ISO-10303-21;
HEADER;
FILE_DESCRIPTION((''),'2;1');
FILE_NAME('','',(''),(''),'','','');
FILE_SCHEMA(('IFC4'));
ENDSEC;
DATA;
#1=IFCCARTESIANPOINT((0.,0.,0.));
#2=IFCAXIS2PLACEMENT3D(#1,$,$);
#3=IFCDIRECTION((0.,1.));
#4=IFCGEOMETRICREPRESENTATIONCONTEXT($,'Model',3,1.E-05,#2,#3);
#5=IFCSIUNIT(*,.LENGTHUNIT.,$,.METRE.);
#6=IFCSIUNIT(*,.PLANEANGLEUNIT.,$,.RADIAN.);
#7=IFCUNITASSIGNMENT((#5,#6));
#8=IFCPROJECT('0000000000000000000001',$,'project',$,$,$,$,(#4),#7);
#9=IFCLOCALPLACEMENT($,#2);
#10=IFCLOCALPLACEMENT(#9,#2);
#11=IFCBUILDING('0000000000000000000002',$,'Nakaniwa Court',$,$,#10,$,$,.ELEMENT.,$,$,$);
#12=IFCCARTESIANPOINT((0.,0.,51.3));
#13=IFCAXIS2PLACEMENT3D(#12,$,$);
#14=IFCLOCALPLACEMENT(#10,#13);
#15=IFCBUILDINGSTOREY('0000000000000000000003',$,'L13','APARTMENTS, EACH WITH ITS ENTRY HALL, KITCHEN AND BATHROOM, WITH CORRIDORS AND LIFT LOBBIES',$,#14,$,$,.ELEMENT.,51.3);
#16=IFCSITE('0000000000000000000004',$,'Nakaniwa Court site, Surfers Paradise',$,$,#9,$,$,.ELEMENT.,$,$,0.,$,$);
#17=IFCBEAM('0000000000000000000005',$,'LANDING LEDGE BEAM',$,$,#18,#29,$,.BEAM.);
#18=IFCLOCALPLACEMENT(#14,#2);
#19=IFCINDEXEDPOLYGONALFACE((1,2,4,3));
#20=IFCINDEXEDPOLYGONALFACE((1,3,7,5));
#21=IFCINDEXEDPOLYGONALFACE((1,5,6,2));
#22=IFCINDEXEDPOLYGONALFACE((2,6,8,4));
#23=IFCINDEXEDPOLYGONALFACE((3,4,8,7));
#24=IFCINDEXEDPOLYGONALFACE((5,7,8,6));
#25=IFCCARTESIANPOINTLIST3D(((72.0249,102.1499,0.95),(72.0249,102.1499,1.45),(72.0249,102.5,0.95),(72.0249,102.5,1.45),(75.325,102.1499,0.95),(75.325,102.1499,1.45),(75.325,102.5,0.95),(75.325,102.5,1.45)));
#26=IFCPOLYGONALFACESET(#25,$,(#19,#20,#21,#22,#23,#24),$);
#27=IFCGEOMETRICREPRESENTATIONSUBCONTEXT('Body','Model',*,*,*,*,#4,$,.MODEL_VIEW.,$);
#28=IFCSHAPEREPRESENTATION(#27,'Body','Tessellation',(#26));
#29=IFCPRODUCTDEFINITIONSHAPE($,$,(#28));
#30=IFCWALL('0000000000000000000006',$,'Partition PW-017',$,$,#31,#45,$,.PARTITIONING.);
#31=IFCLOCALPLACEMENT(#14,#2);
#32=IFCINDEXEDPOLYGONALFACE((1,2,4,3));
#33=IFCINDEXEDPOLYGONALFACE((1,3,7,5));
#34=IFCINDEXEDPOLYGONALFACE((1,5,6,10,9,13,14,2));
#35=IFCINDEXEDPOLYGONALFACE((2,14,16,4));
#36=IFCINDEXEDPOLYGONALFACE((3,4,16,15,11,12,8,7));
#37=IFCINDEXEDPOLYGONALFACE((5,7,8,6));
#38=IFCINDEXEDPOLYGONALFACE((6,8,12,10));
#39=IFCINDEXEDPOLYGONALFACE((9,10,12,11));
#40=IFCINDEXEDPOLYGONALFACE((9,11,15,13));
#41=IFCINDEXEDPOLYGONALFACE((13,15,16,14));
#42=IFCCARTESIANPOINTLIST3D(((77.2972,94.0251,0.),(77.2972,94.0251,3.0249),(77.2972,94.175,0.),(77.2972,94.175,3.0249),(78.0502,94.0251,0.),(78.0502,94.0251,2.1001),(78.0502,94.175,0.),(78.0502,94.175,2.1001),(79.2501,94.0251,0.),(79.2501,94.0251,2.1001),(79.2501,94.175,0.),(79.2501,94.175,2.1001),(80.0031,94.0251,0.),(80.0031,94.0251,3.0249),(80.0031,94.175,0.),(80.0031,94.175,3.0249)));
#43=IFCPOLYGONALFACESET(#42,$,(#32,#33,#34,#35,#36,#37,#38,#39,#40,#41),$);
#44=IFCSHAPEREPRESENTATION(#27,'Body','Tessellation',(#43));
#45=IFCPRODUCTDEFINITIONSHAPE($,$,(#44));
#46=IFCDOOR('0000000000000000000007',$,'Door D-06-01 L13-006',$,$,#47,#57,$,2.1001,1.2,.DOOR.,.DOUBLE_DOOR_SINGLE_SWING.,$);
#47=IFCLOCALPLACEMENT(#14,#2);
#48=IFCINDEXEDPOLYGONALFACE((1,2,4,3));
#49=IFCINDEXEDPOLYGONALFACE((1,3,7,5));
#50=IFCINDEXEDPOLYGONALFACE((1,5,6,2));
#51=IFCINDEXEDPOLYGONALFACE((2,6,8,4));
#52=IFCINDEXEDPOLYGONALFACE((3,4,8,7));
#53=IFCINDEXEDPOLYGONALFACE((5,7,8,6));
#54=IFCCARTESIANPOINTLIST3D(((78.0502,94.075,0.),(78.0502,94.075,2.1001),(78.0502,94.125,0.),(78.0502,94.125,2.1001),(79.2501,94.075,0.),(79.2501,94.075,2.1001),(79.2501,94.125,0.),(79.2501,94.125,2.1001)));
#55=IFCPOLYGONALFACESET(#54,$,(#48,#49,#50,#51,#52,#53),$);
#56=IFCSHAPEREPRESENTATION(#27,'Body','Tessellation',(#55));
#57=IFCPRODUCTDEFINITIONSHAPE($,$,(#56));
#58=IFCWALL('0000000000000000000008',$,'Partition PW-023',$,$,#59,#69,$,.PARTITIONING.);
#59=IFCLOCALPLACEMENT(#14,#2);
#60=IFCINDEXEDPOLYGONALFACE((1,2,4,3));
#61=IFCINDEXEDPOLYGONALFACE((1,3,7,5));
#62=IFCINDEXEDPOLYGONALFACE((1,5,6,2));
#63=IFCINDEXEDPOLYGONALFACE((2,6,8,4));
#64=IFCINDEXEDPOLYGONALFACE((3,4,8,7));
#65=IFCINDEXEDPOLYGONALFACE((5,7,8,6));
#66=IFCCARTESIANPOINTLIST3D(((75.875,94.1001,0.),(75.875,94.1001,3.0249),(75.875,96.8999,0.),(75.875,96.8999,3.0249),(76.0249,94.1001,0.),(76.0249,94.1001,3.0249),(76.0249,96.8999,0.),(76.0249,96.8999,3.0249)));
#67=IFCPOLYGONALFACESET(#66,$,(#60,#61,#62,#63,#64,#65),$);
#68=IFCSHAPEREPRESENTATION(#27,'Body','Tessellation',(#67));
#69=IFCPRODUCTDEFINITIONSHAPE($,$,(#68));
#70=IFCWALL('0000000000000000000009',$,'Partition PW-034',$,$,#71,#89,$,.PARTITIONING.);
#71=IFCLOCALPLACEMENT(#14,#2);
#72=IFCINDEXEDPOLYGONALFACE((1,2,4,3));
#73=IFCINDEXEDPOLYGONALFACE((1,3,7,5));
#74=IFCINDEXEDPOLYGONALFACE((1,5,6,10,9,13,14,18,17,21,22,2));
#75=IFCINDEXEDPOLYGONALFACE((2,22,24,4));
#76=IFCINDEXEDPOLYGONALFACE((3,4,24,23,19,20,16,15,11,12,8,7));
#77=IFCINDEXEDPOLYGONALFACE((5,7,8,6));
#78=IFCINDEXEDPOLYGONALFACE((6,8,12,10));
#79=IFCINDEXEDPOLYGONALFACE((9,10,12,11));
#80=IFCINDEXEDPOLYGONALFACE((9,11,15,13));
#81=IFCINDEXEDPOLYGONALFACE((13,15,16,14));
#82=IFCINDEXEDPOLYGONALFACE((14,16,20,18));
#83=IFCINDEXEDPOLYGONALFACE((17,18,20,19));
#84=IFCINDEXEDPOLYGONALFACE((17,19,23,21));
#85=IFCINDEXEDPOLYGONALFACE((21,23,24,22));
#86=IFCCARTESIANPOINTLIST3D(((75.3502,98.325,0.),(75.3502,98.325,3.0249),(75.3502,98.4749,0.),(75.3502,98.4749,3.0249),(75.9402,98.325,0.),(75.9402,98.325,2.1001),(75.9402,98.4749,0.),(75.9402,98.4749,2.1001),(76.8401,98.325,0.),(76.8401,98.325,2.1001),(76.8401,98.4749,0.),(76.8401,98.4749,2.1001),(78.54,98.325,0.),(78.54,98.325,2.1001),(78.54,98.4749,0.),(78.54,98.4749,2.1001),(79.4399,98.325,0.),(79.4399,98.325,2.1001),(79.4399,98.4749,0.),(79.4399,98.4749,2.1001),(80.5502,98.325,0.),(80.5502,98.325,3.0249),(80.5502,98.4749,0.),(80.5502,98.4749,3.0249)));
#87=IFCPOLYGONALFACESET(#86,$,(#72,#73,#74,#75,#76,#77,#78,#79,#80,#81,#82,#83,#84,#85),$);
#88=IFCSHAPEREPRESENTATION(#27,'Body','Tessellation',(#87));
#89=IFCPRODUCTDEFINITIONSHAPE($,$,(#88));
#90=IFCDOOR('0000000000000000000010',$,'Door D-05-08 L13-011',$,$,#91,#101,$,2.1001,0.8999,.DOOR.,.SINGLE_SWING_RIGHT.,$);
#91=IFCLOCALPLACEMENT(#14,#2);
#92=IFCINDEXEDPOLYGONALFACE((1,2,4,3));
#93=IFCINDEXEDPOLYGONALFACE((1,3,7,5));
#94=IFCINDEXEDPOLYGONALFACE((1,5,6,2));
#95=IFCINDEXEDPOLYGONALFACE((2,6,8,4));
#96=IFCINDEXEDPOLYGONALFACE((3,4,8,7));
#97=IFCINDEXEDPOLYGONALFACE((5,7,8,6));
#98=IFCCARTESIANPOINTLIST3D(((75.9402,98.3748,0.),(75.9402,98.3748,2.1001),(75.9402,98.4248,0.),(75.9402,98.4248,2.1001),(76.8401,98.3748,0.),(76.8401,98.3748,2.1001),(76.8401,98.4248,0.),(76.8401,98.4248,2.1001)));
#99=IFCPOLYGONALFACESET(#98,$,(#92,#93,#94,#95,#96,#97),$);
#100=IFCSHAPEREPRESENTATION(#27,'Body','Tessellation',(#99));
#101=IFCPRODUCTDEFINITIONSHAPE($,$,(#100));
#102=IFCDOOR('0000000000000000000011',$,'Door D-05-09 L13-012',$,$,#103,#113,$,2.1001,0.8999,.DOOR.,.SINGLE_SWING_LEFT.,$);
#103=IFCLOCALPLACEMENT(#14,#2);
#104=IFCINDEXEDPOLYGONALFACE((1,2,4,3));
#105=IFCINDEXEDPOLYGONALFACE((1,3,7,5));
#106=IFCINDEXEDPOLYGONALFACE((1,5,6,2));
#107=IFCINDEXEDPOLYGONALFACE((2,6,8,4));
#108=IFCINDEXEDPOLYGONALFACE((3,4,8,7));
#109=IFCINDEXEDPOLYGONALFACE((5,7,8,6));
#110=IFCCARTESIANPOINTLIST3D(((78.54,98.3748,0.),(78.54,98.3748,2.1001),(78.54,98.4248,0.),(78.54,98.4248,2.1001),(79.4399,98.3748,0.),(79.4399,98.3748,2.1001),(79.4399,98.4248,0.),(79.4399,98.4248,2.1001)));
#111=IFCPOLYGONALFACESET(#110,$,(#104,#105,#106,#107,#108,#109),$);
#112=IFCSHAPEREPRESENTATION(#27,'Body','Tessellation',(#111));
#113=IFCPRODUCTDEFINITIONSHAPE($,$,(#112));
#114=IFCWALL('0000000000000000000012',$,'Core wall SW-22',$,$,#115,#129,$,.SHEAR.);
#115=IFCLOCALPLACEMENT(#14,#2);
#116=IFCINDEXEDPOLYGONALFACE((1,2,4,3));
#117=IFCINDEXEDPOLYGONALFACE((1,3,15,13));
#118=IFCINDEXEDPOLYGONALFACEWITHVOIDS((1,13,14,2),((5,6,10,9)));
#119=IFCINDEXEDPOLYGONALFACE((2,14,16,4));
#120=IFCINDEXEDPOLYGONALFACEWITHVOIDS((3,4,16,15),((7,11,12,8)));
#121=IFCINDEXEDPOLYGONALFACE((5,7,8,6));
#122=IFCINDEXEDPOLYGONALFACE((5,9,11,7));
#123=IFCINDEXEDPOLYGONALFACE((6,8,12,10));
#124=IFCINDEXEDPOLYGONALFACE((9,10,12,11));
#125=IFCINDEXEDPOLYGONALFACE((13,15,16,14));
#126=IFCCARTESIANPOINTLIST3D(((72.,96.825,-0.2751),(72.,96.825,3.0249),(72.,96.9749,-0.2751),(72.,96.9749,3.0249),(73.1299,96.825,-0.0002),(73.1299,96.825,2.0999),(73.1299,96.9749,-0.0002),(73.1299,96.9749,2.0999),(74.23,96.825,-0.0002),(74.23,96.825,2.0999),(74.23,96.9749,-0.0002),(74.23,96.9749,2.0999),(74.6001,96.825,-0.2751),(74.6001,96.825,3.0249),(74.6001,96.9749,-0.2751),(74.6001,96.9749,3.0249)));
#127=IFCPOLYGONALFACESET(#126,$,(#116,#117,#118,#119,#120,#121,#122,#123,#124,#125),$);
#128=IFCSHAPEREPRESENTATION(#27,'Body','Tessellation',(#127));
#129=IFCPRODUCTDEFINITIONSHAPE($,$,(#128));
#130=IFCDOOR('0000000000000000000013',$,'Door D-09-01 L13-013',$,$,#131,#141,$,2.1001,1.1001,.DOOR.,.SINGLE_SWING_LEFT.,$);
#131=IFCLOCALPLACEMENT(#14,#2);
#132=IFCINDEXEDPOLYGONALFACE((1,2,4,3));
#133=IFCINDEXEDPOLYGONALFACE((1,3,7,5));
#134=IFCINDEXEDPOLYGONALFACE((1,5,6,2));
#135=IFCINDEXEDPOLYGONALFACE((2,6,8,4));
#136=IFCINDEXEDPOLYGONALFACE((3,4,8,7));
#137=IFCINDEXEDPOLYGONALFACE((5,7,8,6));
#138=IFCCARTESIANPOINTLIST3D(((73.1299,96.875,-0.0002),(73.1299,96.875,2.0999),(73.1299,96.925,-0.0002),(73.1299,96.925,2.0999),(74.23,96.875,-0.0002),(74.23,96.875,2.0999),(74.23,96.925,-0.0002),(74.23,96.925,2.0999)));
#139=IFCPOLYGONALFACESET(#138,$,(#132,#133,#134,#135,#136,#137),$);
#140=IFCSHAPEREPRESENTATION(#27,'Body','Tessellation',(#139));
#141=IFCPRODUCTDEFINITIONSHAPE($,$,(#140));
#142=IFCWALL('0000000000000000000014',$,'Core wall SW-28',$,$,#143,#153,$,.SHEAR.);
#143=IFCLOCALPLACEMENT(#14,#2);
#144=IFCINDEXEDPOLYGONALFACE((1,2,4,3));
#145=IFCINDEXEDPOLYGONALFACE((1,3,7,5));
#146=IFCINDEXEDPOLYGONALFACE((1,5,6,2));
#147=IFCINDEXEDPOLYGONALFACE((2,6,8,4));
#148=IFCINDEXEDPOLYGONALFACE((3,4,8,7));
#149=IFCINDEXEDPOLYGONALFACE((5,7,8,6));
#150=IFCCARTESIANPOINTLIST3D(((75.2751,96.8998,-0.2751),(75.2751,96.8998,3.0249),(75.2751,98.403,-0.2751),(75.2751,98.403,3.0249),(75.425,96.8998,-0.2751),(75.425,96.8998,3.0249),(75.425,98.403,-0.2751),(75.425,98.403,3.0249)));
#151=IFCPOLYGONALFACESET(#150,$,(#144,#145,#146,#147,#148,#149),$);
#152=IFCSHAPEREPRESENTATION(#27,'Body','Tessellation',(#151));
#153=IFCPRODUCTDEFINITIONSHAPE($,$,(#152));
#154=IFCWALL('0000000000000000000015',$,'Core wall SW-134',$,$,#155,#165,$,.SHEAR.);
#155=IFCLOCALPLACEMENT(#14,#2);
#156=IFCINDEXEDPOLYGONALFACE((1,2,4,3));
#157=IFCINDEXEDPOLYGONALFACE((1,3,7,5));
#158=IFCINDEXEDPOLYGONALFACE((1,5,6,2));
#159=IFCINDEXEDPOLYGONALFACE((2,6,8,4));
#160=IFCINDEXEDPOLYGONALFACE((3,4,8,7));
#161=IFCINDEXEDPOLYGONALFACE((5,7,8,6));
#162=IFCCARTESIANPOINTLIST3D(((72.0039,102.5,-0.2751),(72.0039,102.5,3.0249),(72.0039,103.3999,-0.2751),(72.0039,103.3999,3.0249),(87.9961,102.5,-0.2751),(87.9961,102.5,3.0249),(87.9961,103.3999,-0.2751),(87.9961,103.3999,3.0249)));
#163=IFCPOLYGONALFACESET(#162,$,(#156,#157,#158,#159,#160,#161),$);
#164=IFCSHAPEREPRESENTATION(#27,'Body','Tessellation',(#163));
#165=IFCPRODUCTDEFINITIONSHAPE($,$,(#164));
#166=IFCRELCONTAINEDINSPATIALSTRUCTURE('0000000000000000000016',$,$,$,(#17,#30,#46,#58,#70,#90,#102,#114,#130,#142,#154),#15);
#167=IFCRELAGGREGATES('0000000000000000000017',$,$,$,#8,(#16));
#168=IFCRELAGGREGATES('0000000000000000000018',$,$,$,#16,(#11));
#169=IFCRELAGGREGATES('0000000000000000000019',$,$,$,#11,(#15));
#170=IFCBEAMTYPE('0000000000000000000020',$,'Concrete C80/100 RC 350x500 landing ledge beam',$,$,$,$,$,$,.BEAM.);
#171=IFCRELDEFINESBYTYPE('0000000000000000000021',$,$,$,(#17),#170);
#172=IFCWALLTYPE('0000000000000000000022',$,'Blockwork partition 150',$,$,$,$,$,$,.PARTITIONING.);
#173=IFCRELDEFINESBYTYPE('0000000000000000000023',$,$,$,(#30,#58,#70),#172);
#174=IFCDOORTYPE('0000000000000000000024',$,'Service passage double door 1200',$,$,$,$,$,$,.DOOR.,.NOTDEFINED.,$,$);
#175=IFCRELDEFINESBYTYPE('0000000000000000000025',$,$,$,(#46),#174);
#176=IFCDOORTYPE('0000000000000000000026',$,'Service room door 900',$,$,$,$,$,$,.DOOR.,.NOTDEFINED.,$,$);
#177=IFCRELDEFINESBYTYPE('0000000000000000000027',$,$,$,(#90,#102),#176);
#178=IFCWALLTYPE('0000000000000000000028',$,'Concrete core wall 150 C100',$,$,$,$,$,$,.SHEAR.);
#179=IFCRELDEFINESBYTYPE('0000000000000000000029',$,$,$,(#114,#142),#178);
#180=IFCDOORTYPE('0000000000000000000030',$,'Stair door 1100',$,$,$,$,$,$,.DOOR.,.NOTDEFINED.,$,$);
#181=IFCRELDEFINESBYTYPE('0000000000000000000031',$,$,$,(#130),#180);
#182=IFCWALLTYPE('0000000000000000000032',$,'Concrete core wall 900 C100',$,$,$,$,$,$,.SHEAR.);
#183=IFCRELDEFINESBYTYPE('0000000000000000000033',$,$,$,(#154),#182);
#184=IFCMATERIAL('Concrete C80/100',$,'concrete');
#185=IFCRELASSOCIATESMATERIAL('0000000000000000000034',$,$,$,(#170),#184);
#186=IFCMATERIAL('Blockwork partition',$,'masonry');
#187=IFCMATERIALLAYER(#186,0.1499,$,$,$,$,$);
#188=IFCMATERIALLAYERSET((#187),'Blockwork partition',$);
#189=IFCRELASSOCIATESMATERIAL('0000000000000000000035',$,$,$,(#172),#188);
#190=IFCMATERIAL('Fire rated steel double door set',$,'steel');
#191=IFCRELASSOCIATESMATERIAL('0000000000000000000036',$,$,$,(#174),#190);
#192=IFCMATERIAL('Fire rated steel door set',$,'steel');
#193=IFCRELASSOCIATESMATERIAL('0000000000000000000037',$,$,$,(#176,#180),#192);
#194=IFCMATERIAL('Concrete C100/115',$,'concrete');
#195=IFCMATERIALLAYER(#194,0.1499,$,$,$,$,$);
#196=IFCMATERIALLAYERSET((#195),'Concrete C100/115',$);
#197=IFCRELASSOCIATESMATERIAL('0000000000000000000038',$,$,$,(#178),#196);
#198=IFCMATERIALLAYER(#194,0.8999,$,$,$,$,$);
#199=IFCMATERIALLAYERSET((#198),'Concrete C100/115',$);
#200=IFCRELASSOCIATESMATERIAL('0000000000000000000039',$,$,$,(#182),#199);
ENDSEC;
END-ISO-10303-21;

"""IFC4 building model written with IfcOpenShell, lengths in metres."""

from ifc_helpers import new_model, si_unit, direction, frame, frame_2d, origin, origin_2d, place, context, subcontext, project, spatial, rectangle, extrude, material, layer, layer_set, material_profile, profile_set, type_object, element, fill, save


model = new_model("IFC4")

# Units and contexts
model_context = context("Model", 3, precision=1e-05, world=origin(), true_north=direction((0.0, 1.0)))
body_context = subcontext(model_context, "Body", "Model", "MODEL_VIEW")
ifc_project = project(units=[si_unit("LENGTHUNIT", "METRE"), si_unit("PLANEANGLEUNIT", "RADIAN")], contexts=[model_context])

# Site, building, storey
site_placement = place(None, origin())
site = spatial("IfcSite", under=ifc_project, at=site_placement, Name="Nakaniwa Court site, Surfers Paradise", CompositionType="ELEMENT", RefElevation=0.0)
building_placement = place(site_placement, origin())
building = spatial("IfcBuilding", under=site, at=building_placement, Name="Nakaniwa Court", CompositionType="ELEMENT")
storey_placement = place(building_placement, frame((0.0, 0.0, 51.3)))
storey = spatial("IfcBuildingStorey", under=building, at=storey_placement, Name="L13", Description="APARTMENTS, EACH WITH ITS ENTRY HALL, KITCHEN AND BATHROOM, WITH CORRIDORS AND LIFT LOBBIES", CompositionType="ELEMENT", Elevation=51.3)

# Beam
ifc_material_1 = material(Name="Concrete C80/100", Category="concrete")
ifc_material_profile = material_profile(ifc_material_1, rectangle(XDim=0.3501, YDim=0.5, at=origin_2d()), Name="Concrete C80/100 RC 350x500 landing ledge beam")
ifc_profile_set = profile_set([ifc_material_profile], Name="Concrete C80/100")
beam_type = type_object("IfcBeamType", Name="Concrete C80/100 RC 350x500 landing ledge beam", PredefinedType="BEAM", material=ifc_profile_set)
beam_placement = place(storey_placement, frame((72.0249, 102.325, 1.2), z_axis=(1.0, 0.0, 0.0), x_axis=(0.0, 1.0, 0.0)))
element("IfcBeam", 1, at=beam_placement, inside=storey, type_object=beam_type, Name="LANDING LEDGE BEAM", PredefinedType="BEAM", context=body_context, shape_type="SweptSolid", body=[
    extrude(rectangle(XDim=0.3501, YDim=0.5, at=origin_2d()), origin(), (0.0, 0.0, 1.0), 3.3),
])

# Wall, opening, door
ifc_material_2 = material(Name="Blockwork partition", Category="masonry")
ifc_layer_1 = layer(ifc_material_2, 0.1499)
ifc_layer_set_1 = layer_set([ifc_layer_1], Name="Blockwork partition")
wall_type_1 = type_object("IfcWallType", Name="Blockwork partition 150", PredefinedType="PARTITIONING", material=ifc_layer_set_1)
wall_1_placement = place(storey_placement, frame((77.2971, 94.1001, 0.0), z_axis=(0.0, 0.0, 1.0), x_axis=(1.0, 0.0, 0.0)))
wall_1 = element("IfcWall", 2, at=wall_1_placement, inside=storey, type_object=wall_type_1, Name="Partition PW-017", PredefinedType="PARTITIONING", context=body_context, shape_type="SweptSolid", body=[
    extrude(rectangle(XDim=2.7058, YDim=0.1499, at=frame_2d((1.353, 0.0))), origin(), (0.0, 0.0, 1.0), 3.0249),
])
opening_1_placement = place(wall_1_placement, frame((0.7529, 0.0, 0.0)))
opening_1 = element("IfcOpeningElement", 3, at=opening_1_placement, cuts=wall_1, PredefinedType="OPENING", context=body_context, shape_type="SweptSolid", body=[
    extrude(rectangle(XDim=1.2, YDim=2.1001, at=frame_2d((0.6001, 1.05))), frame((0.0, 0.085, 0.0), z_axis=(0.0, -1.0, 0.0), x_axis=(1.0, 0.0, 0.0)), (0.0, 0.0, 1.0), 0.1699),
])
ifc_material_3 = material(Name="Fire rated steel double door set", Category="steel")
door_type_1 = type_object("IfcDoorType", Name="Service passage double door 1200", OperationType="NOTDEFINED", PredefinedType="DOOR", material=ifc_material_3)
door_1_placement = place(opening_1_placement, origin())
door_1 = element("IfcDoor", 4, at=door_1_placement, inside=storey, type_object=door_type_1, Name="Door D-06-01 L13-006", OperationType="DOUBLE_DOOR_SINGLE_SWING", OverallHeight=2.1001, OverallWidth=1.2, PredefinedType="DOOR", context=body_context, shape_type="SweptSolid", body=[
    extrude(rectangle(XDim=1.2, YDim=2.1001, at=frame_2d((0.6001, 1.05))), frame((0.0, 0.0249, 0.0), z_axis=(0.0, -1.0, 0.0), x_axis=(1.0, 0.0, 0.0)), (0.0, 0.0, 1.0), 0.05),
])
fill(opening_1, door_1)

# Wall
wall_2_placement = place(storey_placement, frame((75.95, 94.1001, 0.0), z_axis=(0.0, 0.0, 1.0), x_axis=(0.0, 1.0, 0.0)))
element("IfcWall", 5, at=wall_2_placement, inside=storey, type_object=wall_type_1, Name="Partition PW-023", PredefinedType="PARTITIONING", context=body_context, shape_type="SweptSolid", body=[
    extrude(rectangle(XDim=2.7998, YDim=0.1499, at=frame_2d((1.3999, 0.0))), origin(), (0.0, 0.0, 1.0), 3.0249),
])

# Wall, openings, doors
wall_3_placement = place(storey_placement, frame((75.3501, 98.3999, 0.0), z_axis=(0.0, 0.0, 1.0), x_axis=(1.0, 0.0, 0.0)))
wall_3 = element("IfcWall", 6, at=wall_3_placement, inside=storey, type_object=wall_type_1, Name="Partition PW-034", PredefinedType="PARTITIONING", context=body_context, shape_type="SweptSolid", body=[
    extrude(rectangle(XDim=5.2, YDim=0.1499, at=frame_2d((2.6001, 0.0))), origin(), (0.0, 0.0, 1.0), 3.0249),
])
opening_2_placement = place(wall_3_placement, frame((0.5901, 0.0, 0.0)))
opening_2 = element("IfcOpeningElement", 7, at=opening_2_placement, cuts=wall_3, PredefinedType="OPENING", context=body_context, shape_type="SweptSolid", body=[
    extrude(rectangle(XDim=0.8999, YDim=2.1001, at=frame_2d((0.45, 1.05))), frame((0.0, 0.085, 0.0), z_axis=(0.0, -1.0, 0.0), x_axis=(1.0, 0.0, 0.0)), (0.0, 0.0, 1.0), 0.1699),
])
opening_3_placement = place(wall_3_placement, frame((3.1899, 0.0, 0.0)))
opening_3 = element("IfcOpeningElement", 8, at=opening_3_placement, cuts=wall_3, PredefinedType="OPENING", context=body_context, shape_type="SweptSolid", body=[
    extrude(rectangle(XDim=0.8999, YDim=2.1001, at=frame_2d((0.45, 1.05))), frame((0.0, 0.085, 0.0), z_axis=(0.0, -1.0, 0.0), x_axis=(1.0, 0.0, 0.0)), (0.0, 0.0, 1.0), 0.1699),
])
ifc_material_4 = material(Name="Fire rated steel door set", Category="steel")
door_type_2 = type_object("IfcDoorType", Name="Service room door 900", OperationType="NOTDEFINED", PredefinedType="DOOR", material=ifc_material_4)
door_2_placement = place(opening_2_placement, origin())
door_2 = element("IfcDoor", 9, at=door_2_placement, inside=storey, type_object=door_type_2, Name="Door D-05-08 L13-011", OperationType="SINGLE_SWING_RIGHT", OverallHeight=2.1001, OverallWidth=0.8999, PredefinedType="DOOR", context=body_context, shape_type="SweptSolid", body=[
    extrude(rectangle(XDim=0.8999, YDim=2.1001, at=frame_2d((0.45, 1.05))), frame((0.0, 0.0249, 0.0), z_axis=(0.0, -1.0, 0.0), x_axis=(1.0, 0.0, 0.0)), (0.0, 0.0, 1.0), 0.05),
])
fill(opening_2, door_2)
door_3_placement = place(opening_3_placement, origin())
door_3 = element("IfcDoor", 10, at=door_3_placement, inside=storey, type_object=door_type_2, Name="Door D-05-09 L13-012", OperationType="SINGLE_SWING_LEFT", OverallHeight=2.1001, OverallWidth=0.8999, PredefinedType="DOOR", context=body_context, shape_type="SweptSolid", body=[
    extrude(rectangle(XDim=0.8999, YDim=2.1001, at=frame_2d((0.45, 1.05))), frame((0.0, 0.0249, 0.0), z_axis=(0.0, -1.0, 0.0), x_axis=(1.0, 0.0, 0.0)), (0.0, 0.0, 1.0), 0.05),
])
fill(opening_3, door_3)

# Wall, opening, door
ifc_material_5 = material(Name="Concrete C100/115", Category="concrete")
ifc_layer_2 = layer(ifc_material_5, 0.1499)
ifc_layer_set_2 = layer_set([ifc_layer_2], Name="Concrete C100/115")
wall_type_2 = type_object("IfcWallType", Name="Concrete core wall 150 C100", PredefinedType="SHEAR", material=ifc_layer_set_2)
wall_4_placement = place(storey_placement, frame((74.6001, 96.8999, -0.2751), z_axis=(0.0, 0.0, 1.0), x_axis=(-1.0, 0.0, 0.0)))
wall_4 = element("IfcWall", 11, at=wall_4_placement, inside=storey, type_object=wall_type_2, Name="Core wall SW-22", PredefinedType="SHEAR", context=body_context, shape_type="SweptSolid", body=[
    extrude(rectangle(XDim=2.6001, YDim=0.1499, at=frame_2d((1.3, 0.0))), origin(), (0.0, 0.0, 1.0), 3.3),
])
opening_4_placement = place(wall_4_placement, frame((0.3701, 0.0, 0.2749)))
opening_4 = element("IfcOpeningElement", 12, at=opening_4_placement, cuts=wall_4, PredefinedType="OPENING", context=body_context, shape_type="SweptSolid", body=[
    extrude(rectangle(XDim=1.1001, YDim=2.1001, at=frame_2d((0.55, 1.05))), frame((0.0, 0.085, 0.0), z_axis=(0.0, -1.0, 0.0), x_axis=(1.0, 0.0, 0.0)), (0.0, 0.0, 1.0), 0.1699),
])
door_type_3 = type_object("IfcDoorType", Name="Stair door 1100", OperationType="NOTDEFINED", PredefinedType="DOOR", material=ifc_material_4)
door_4_placement = place(opening_4_placement, origin())
door_4 = element("IfcDoor", 13, at=door_4_placement, inside=storey, type_object=door_type_3, Name="Door D-09-01 L13-013", OperationType="SINGLE_SWING_LEFT", OverallHeight=2.1001, OverallWidth=1.1001, PredefinedType="DOOR", context=body_context, shape_type="SweptSolid", body=[
    extrude(rectangle(XDim=1.1001, YDim=2.1001, at=frame_2d((0.55, 1.05))), frame((0.0, 0.0249, 0.0), z_axis=(0.0, -1.0, 0.0), x_axis=(1.0, 0.0, 0.0)), (0.0, 0.0, 1.0), 0.05),
])
fill(opening_4, door_4)

# Walls
wall_5_placement = place(storey_placement, frame((75.3501, 96.8999, -0.2751), z_axis=(0.0, 0.0, 1.0), x_axis=(0.0, 1.0, 0.0)))
element("IfcWall", 14, at=wall_5_placement, inside=storey, type_object=wall_type_2, Name="Core wall SW-28", PredefinedType="SHEAR", context=body_context, shape_type="SweptSolid", body=[
    extrude(rectangle(XDim=1.5032, YDim=0.1499, at=frame_2d((0.7515, 0.0))), origin(), (0.0, 0.0, 1.0), 3.3),
])
ifc_layer_3 = layer(ifc_material_5, 0.8999)
ifc_layer_set_3 = layer_set([ifc_layer_3], Name="Concrete C100/115")
wall_type_3 = type_object("IfcWallType", Name="Concrete core wall 900 C100", PredefinedType="SHEAR", material=ifc_layer_set_3)
wall_6_placement = place(storey_placement, frame((72.0039, 102.95, -0.2751), z_axis=(0.0, 0.0, 1.0), x_axis=(1.0, 0.0, 0.0)))
element("IfcWall", 15, at=wall_6_placement, inside=storey, type_object=wall_type_3, Name="Core wall SW-134", PredefinedType="SHEAR", context=body_context, shape_type="SweptSolid", body=[
    extrude(rectangle(XDim=15.9922, YDim=0.8999, at=frame_2d((7.9961, 0.0))), origin(), (0.0, 0.0, 1.0), 3.3),
])

save(model, "model.ifc")
